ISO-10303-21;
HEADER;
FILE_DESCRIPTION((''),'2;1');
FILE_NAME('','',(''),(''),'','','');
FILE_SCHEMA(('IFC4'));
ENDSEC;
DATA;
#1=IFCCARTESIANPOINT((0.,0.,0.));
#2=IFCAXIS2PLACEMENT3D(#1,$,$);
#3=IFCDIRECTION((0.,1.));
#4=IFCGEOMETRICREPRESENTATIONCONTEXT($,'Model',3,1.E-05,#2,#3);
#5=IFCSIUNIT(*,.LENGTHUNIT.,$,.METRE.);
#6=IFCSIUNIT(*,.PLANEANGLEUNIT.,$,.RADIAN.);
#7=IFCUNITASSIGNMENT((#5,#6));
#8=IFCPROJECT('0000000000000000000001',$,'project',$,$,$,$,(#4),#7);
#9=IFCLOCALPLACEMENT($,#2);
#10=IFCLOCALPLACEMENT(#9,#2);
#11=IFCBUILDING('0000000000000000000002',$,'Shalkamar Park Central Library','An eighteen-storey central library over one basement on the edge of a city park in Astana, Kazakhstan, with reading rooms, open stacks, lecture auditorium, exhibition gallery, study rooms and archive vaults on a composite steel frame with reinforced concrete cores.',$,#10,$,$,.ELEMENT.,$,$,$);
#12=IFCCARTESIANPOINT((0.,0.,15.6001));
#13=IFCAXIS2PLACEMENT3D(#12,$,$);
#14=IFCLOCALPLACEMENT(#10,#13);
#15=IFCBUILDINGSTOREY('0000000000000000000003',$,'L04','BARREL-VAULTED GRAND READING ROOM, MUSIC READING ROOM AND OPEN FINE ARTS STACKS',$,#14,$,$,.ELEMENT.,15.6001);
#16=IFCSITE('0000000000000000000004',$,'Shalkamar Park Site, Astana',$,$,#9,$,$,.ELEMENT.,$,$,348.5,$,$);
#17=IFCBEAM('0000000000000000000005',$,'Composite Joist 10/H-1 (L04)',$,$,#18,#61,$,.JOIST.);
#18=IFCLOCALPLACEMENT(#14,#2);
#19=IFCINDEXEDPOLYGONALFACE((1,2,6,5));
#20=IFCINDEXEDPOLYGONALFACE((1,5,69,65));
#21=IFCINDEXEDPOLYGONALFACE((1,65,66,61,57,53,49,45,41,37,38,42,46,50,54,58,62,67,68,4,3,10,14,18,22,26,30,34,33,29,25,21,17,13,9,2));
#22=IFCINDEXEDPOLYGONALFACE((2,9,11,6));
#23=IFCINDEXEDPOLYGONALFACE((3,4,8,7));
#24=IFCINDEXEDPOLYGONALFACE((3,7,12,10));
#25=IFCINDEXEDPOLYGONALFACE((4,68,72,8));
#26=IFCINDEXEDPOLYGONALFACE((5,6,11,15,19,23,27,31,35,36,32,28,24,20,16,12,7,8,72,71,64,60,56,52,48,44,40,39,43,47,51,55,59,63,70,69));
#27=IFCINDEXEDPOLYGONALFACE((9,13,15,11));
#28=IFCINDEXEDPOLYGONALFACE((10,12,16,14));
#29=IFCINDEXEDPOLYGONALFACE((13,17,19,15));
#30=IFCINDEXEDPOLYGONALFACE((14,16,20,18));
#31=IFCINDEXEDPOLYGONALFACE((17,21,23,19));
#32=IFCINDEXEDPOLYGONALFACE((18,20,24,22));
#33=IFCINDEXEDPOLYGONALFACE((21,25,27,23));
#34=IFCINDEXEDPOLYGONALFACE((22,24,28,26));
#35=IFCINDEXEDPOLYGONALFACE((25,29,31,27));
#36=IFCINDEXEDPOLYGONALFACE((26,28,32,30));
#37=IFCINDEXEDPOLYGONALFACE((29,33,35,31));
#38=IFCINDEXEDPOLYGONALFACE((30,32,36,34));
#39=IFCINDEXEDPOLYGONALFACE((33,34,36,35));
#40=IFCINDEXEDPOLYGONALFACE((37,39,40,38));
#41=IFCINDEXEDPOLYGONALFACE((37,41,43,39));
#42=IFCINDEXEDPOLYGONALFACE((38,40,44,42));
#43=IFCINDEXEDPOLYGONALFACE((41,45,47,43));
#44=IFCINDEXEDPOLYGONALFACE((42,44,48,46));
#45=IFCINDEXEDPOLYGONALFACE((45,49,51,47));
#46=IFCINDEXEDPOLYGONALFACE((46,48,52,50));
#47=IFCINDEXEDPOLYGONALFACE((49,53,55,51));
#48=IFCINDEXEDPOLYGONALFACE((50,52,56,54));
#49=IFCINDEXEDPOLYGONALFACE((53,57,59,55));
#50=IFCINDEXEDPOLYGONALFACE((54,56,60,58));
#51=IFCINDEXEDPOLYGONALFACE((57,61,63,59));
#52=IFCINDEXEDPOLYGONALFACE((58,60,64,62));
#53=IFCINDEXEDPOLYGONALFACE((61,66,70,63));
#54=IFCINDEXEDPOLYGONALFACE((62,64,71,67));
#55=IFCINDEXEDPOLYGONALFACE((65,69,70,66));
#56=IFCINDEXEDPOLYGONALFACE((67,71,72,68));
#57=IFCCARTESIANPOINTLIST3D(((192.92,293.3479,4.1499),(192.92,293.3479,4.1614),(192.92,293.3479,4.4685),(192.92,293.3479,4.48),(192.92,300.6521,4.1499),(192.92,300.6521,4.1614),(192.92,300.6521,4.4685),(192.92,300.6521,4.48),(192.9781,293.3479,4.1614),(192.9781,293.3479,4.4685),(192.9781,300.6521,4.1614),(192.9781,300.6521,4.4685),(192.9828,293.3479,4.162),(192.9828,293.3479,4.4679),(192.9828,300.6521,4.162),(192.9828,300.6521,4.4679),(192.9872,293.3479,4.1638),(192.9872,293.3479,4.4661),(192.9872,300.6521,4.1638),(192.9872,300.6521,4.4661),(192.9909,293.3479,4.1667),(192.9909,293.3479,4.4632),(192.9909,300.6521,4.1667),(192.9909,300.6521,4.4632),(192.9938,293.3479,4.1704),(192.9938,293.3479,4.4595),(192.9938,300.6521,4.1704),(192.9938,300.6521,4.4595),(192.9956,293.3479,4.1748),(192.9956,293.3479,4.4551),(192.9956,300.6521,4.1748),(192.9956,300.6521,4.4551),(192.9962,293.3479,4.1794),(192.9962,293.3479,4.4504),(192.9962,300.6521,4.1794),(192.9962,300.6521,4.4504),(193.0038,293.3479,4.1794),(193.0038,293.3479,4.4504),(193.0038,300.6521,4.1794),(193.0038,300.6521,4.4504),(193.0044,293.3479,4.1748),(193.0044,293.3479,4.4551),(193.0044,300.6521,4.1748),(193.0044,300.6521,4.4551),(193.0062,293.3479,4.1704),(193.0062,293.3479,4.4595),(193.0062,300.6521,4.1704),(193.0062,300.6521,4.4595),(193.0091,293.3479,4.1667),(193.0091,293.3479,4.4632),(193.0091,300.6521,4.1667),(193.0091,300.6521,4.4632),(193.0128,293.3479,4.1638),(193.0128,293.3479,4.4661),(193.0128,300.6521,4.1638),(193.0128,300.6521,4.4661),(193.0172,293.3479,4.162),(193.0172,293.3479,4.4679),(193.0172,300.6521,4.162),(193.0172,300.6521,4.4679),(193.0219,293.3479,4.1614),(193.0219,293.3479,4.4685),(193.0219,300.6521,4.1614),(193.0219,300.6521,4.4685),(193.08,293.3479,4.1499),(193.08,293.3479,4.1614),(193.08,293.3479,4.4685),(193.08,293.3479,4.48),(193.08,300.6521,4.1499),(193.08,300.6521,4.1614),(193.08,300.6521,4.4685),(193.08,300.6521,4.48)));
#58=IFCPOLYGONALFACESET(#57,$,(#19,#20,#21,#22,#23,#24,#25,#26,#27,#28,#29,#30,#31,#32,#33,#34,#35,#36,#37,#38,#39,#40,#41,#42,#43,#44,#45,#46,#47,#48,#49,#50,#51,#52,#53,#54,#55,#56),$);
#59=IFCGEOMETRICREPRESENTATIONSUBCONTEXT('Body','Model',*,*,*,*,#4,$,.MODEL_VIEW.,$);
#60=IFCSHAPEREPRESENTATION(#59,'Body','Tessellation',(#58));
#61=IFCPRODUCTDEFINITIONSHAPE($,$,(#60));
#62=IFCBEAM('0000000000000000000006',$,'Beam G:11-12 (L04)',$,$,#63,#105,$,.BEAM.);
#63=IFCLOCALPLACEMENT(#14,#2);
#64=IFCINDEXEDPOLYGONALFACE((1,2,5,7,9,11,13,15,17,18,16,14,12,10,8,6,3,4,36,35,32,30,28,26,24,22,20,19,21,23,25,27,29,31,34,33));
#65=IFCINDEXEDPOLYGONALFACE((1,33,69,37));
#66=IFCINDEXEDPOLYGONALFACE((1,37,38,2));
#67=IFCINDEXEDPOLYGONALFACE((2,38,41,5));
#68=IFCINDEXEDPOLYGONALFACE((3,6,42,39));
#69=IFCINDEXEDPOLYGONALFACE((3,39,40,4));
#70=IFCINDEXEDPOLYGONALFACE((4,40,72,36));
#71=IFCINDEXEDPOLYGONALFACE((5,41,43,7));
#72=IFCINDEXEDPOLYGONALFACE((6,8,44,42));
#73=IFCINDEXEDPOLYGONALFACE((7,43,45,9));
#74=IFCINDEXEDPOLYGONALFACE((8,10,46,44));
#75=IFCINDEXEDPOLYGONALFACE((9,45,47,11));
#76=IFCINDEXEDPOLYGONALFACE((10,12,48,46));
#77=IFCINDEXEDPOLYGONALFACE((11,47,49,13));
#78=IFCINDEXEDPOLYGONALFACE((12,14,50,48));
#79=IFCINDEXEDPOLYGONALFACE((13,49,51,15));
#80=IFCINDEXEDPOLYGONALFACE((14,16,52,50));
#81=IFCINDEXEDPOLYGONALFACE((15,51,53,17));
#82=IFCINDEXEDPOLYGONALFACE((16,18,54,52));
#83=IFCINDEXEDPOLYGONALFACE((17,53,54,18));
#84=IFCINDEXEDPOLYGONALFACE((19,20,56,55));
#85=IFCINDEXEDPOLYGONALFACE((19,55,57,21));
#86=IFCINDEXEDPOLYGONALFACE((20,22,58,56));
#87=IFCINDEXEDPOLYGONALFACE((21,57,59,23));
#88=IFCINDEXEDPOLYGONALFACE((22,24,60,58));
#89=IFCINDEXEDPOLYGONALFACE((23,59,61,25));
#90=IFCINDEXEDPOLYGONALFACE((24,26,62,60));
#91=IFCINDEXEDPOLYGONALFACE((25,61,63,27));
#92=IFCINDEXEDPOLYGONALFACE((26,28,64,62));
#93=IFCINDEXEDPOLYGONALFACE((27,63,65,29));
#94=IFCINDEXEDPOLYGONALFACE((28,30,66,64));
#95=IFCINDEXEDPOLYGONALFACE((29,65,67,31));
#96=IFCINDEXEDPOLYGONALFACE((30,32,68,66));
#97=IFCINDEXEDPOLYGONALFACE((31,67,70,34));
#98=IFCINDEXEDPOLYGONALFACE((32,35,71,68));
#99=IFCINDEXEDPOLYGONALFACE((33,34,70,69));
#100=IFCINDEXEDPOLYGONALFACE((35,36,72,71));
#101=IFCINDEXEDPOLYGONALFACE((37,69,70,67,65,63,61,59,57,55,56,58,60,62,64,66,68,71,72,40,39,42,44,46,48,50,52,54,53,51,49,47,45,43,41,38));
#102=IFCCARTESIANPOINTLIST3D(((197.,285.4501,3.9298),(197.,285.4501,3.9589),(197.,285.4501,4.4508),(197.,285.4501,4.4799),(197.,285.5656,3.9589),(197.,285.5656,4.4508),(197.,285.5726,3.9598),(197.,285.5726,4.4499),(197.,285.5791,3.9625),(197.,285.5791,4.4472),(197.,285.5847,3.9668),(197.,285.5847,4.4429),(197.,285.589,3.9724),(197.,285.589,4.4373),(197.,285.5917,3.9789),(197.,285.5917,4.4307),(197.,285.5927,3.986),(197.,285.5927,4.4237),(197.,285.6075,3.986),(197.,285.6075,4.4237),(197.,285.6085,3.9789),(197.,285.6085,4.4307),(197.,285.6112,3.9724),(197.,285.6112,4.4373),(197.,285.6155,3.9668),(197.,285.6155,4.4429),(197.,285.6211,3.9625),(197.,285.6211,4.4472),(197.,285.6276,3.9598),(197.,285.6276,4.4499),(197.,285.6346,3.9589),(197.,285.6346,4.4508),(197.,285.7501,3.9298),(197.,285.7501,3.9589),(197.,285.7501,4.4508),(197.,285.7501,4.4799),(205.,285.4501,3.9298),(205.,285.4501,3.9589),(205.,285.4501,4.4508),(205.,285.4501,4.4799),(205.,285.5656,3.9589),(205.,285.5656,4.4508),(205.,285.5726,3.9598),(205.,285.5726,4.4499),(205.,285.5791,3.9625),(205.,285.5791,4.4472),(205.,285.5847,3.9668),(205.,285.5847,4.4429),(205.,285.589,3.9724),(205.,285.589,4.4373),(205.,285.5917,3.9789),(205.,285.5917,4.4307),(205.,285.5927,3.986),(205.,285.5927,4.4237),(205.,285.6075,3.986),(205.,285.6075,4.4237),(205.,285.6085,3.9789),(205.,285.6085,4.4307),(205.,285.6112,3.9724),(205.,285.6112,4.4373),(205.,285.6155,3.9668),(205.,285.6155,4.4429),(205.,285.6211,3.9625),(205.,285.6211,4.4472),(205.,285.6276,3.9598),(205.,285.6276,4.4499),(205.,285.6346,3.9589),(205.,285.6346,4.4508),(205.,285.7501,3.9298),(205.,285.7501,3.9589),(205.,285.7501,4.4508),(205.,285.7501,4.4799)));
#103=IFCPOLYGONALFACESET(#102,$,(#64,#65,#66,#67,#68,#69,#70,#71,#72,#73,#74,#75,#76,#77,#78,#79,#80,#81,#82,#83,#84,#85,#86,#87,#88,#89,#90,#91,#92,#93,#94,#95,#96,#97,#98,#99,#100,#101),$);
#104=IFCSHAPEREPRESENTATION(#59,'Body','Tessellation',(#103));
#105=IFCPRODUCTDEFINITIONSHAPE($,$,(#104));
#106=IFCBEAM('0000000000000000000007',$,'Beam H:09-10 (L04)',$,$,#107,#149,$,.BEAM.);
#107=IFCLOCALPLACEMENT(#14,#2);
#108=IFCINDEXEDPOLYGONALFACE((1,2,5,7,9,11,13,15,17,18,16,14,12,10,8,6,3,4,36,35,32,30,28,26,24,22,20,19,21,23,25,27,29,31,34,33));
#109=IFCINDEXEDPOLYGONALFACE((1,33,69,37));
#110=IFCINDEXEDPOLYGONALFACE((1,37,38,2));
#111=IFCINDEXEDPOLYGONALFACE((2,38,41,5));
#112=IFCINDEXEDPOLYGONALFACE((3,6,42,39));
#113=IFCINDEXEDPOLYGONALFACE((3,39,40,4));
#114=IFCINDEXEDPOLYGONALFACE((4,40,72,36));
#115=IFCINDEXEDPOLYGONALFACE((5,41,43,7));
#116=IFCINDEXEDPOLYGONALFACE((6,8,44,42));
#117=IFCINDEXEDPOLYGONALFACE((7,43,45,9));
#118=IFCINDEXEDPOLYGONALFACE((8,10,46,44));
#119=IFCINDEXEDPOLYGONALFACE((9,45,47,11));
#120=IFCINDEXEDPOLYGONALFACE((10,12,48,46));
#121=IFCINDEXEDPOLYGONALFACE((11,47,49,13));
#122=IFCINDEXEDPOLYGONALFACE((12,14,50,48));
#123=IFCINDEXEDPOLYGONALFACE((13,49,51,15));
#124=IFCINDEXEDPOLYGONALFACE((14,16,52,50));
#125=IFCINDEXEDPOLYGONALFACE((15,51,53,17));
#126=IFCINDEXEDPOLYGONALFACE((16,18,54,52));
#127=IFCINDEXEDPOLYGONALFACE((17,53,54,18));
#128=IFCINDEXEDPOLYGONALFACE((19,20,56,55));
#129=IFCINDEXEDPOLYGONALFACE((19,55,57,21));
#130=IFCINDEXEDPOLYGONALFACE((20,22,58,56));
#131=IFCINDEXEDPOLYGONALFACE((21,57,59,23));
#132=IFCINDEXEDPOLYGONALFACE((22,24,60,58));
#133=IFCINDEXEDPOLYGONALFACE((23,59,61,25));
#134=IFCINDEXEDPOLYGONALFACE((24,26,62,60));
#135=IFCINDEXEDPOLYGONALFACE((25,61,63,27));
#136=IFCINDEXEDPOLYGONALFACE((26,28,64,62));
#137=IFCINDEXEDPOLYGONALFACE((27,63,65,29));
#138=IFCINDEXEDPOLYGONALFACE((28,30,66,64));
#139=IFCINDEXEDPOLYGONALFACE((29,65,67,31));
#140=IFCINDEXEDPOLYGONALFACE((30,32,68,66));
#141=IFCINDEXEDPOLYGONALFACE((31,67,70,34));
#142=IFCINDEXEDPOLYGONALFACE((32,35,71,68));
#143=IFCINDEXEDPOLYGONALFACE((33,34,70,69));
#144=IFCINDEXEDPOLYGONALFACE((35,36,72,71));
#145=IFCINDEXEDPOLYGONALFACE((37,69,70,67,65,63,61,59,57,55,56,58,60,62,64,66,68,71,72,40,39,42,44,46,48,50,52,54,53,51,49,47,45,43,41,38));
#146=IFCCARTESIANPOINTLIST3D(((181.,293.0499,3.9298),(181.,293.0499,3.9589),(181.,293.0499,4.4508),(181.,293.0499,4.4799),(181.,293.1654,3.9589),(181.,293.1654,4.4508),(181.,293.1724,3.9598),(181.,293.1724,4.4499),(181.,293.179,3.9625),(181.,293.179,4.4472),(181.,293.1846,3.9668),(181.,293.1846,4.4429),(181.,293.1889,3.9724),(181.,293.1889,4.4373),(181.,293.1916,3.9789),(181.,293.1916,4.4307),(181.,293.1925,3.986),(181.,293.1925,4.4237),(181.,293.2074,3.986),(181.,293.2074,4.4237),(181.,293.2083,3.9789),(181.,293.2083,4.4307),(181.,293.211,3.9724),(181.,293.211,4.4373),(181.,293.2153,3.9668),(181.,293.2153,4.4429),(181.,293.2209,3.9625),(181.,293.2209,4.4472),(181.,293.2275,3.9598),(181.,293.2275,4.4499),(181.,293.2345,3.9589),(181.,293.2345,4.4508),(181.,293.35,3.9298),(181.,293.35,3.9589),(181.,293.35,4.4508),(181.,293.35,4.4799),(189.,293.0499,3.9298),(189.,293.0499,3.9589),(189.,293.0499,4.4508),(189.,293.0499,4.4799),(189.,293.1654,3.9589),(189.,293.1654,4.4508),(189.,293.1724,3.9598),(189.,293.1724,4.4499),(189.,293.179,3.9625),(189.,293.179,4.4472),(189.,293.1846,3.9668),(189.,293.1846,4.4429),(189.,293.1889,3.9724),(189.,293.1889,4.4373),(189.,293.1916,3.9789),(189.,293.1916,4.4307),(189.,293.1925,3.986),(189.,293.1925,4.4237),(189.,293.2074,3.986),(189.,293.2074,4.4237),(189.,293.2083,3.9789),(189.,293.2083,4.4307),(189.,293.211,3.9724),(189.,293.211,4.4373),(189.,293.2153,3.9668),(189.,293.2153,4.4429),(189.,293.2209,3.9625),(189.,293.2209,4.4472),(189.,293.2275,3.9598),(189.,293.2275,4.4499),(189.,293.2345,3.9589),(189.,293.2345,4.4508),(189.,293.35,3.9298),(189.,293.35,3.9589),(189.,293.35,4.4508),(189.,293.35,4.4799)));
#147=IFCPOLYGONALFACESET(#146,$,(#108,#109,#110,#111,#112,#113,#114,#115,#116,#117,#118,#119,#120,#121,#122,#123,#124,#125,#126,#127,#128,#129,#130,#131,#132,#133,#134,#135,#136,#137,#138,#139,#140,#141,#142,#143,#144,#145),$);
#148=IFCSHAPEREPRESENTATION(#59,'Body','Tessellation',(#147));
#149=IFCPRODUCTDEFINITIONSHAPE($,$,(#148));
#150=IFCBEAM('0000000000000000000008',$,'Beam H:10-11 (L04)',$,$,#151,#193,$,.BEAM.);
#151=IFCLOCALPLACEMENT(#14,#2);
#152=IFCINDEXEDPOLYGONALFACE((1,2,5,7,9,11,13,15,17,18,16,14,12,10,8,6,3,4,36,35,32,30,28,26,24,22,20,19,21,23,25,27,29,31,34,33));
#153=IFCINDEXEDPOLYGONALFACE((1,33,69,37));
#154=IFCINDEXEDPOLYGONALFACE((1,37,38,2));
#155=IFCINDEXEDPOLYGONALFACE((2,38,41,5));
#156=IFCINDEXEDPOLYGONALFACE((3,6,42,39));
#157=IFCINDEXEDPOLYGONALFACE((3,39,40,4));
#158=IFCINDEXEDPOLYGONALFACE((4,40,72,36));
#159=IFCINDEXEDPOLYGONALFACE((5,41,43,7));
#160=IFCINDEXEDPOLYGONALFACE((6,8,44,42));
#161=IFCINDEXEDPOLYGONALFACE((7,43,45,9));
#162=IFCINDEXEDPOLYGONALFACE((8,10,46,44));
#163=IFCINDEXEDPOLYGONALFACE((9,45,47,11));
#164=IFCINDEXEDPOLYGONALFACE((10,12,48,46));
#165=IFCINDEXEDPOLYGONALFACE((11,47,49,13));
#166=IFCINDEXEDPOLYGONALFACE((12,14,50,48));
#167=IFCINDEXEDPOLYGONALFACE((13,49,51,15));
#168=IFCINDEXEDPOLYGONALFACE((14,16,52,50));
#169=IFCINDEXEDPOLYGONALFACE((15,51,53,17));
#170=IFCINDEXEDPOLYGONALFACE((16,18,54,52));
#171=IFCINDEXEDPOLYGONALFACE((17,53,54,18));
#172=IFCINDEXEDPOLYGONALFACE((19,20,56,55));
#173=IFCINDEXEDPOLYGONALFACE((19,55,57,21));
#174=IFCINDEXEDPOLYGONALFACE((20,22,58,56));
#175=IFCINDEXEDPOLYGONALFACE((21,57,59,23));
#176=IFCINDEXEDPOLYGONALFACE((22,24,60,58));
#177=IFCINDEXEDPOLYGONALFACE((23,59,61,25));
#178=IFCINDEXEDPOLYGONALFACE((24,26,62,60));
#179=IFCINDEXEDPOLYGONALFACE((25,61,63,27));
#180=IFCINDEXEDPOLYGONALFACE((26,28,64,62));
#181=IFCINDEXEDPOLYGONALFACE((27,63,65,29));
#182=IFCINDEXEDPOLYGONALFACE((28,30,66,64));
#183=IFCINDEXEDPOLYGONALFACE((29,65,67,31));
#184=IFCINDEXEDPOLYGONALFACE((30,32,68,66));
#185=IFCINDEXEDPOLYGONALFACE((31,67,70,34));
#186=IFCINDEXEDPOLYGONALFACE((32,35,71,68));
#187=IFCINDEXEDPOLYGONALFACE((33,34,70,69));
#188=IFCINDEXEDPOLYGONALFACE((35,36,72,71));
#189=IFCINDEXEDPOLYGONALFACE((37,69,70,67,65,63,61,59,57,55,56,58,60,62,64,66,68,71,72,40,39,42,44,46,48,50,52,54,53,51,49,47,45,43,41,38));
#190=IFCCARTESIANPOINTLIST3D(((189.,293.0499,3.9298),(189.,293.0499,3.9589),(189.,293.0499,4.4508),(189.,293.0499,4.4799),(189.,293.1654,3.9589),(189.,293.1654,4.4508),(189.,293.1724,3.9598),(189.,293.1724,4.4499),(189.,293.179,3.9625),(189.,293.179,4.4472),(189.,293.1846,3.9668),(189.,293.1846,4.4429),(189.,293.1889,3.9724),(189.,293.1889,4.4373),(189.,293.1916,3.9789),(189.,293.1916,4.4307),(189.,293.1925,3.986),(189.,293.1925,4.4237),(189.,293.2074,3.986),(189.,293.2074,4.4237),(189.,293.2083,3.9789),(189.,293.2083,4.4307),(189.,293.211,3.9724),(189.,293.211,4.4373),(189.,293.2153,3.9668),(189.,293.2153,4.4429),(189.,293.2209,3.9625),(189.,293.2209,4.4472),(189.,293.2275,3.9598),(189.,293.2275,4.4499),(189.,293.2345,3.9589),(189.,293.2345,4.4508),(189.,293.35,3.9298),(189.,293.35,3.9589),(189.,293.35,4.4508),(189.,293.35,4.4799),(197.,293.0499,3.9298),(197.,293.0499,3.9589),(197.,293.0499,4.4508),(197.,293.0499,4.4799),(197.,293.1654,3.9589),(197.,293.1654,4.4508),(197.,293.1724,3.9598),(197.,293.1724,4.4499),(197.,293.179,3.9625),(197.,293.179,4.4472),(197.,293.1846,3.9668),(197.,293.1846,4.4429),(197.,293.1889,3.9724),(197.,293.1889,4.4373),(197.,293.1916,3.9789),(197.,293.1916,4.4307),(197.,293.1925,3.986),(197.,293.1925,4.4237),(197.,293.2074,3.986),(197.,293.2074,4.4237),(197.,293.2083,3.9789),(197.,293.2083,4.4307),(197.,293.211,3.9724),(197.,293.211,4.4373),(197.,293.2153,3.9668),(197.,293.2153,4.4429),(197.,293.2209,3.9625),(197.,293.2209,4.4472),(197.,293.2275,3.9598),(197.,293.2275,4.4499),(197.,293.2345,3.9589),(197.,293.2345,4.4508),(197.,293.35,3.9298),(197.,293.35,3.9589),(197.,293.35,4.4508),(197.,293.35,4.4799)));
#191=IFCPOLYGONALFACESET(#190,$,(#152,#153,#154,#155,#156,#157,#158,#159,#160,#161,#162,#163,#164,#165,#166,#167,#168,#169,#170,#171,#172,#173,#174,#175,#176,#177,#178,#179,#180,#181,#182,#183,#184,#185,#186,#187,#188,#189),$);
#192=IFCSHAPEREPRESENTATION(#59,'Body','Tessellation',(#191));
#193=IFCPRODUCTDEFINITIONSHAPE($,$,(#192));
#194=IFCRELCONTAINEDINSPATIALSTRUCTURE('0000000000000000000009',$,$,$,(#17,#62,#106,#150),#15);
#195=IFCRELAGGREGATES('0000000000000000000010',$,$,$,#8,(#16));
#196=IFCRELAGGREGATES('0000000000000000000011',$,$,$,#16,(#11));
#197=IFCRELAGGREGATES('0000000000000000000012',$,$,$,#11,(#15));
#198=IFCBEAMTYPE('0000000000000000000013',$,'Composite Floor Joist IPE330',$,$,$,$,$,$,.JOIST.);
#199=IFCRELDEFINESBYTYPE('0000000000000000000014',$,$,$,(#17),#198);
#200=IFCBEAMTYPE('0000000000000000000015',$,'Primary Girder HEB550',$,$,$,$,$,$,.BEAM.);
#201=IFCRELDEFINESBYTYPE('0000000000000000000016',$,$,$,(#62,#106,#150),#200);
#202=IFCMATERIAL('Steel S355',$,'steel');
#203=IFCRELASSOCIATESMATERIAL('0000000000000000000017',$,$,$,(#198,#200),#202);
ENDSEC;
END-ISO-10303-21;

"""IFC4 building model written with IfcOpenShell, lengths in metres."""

from ifc_helpers import new_model, si_unit, direction, frame, origin, origin_2d, place, context, subcontext, project, spatial, i_section, extrude, material, material_profile, profile_set, type_object, element, save


model = new_model("IFC4")

# Units and contexts
model_context = context("Model", 3, precision=1e-05, world=origin(), true_north=direction((0.0, 1.0)))
body_context = subcontext(model_context, "Body", "Model", "MODEL_VIEW")
ifc_project = project(units=[si_unit("LENGTHUNIT", "METRE"), si_unit("PLANEANGLEUNIT", "RADIAN")], contexts=[model_context])

# Site, building, storey
site_placement = place(None, origin())
site = spatial("IfcSite", under=ifc_project, at=site_placement, Name="Shalkamar Park Site, Astana", CompositionType="ELEMENT", RefElevation=348.5)
building_placement = place(site_placement, origin())
building = spatial("IfcBuilding", under=site, at=building_placement, Name="Shalkamar Park Central Library", Description="An eighteen-storey central library over one basement on the edge of a city park in Astana, Kazakhstan, with reading rooms, open stacks, lecture auditorium, exhibition gallery, study rooms and archive vaults on a composite steel frame with reinforced concrete cores.", CompositionType="ELEMENT")
storey_placement = place(building_placement, frame((0.0, 0.0, 15.6001)))
storey = spatial("IfcBuildingStorey", under=building, at=storey_placement, Name="L04", Description="BARREL-VAULTED GRAND READING ROOM, MUSIC READING ROOM AND OPEN FINE ARTS STACKS", CompositionType="ELEMENT", Elevation=15.6001)

# Shared definitions
ifc_material = material(Name="Steel S355", Category="steel")

# Beams
ifc_material_profile_1 = material_profile(ifc_material, i_section(OverallWidth=0.1599, OverallDepth=0.3301, WebThickness=0.0076, FlangeThickness=0.0115, FilletRadius=0.0181, at=origin_2d()), Name="IPE 330")
ifc_profile_set_1 = profile_set([ifc_material_profile_1], Name="Steel S355")
beam_type_1 = type_object("IfcBeamType", Name="Composite Floor Joist IPE330", PredefinedType="JOIST", material=ifc_profile_set_1)
for number, where, z_axis, x_axis, name in (
    (1, (193.0, 293.3479, 4.3149), (0.0, 1.0, 0.0), (-1.0, 0.0, 0.0), "Composite Joist 10/H-1 (L04)"),
):
    element("IfcBeam", number, at=place(storey_placement, frame(where, z_axis=z_axis, x_axis=x_axis)), inside=storey, type_object=beam_type_1, Name=name, PredefinedType="JOIST", context=body_context, shape_type="SweptSolid", body=[
        extrude(i_section(OverallWidth=0.1599, OverallDepth=0.3301, WebThickness=0.0076, FlangeThickness=0.0115, FilletRadius=0.0181, at=origin_2d()), origin(), (0.0, 0.0, 1.0), 7.3042),
    ])
ifc_material_profile_2 = material_profile(ifc_material, i_section(OverallWidth=0.3, OverallDepth=0.55, WebThickness=0.0149, FlangeThickness=0.0291, FilletRadius=0.0271, at=origin_2d()), Name="HEB 550")
ifc_profile_set_2 = profile_set([ifc_material_profile_2], Name="Steel S355")
beam_type_2 = type_object("IfcBeamType", Name="Primary Girder HEB550", PredefinedType="BEAM", material=ifc_profile_set_2)
for number, where, z_axis, x_axis, name in (
    (2, (197.0, 285.6001, 4.2048), (1.0, 0.0, 0.0), (0.0, 1.0, 0.0), "Beam G:11-12 (L04)"),
    (3, (181.0, 293.2, 4.2048), (1.0, 0.0, 0.0), (0.0, 1.0, 0.0), "Beam H:09-10 (L04)"),
    (4, (189.0, 293.2, 4.2048), (1.0, 0.0, 0.0), (0.0, 1.0, 0.0), "Beam H:10-11 (L04)"),
):
    element("IfcBeam", number, at=place(storey_placement, frame(where, z_axis=z_axis, x_axis=x_axis)), inside=storey, type_object=beam_type_2, Name=name, PredefinedType="BEAM", context=body_context, shape_type="SweptSolid", body=[
        extrude(i_section(OverallWidth=0.3, OverallDepth=0.55, WebThickness=0.0149, FlangeThickness=0.0291, FilletRadius=0.0271, at=origin_2d()), origin(), (0.0, 0.0, 1.0), 8.0),
    ])

save(model, "model.ifc")
